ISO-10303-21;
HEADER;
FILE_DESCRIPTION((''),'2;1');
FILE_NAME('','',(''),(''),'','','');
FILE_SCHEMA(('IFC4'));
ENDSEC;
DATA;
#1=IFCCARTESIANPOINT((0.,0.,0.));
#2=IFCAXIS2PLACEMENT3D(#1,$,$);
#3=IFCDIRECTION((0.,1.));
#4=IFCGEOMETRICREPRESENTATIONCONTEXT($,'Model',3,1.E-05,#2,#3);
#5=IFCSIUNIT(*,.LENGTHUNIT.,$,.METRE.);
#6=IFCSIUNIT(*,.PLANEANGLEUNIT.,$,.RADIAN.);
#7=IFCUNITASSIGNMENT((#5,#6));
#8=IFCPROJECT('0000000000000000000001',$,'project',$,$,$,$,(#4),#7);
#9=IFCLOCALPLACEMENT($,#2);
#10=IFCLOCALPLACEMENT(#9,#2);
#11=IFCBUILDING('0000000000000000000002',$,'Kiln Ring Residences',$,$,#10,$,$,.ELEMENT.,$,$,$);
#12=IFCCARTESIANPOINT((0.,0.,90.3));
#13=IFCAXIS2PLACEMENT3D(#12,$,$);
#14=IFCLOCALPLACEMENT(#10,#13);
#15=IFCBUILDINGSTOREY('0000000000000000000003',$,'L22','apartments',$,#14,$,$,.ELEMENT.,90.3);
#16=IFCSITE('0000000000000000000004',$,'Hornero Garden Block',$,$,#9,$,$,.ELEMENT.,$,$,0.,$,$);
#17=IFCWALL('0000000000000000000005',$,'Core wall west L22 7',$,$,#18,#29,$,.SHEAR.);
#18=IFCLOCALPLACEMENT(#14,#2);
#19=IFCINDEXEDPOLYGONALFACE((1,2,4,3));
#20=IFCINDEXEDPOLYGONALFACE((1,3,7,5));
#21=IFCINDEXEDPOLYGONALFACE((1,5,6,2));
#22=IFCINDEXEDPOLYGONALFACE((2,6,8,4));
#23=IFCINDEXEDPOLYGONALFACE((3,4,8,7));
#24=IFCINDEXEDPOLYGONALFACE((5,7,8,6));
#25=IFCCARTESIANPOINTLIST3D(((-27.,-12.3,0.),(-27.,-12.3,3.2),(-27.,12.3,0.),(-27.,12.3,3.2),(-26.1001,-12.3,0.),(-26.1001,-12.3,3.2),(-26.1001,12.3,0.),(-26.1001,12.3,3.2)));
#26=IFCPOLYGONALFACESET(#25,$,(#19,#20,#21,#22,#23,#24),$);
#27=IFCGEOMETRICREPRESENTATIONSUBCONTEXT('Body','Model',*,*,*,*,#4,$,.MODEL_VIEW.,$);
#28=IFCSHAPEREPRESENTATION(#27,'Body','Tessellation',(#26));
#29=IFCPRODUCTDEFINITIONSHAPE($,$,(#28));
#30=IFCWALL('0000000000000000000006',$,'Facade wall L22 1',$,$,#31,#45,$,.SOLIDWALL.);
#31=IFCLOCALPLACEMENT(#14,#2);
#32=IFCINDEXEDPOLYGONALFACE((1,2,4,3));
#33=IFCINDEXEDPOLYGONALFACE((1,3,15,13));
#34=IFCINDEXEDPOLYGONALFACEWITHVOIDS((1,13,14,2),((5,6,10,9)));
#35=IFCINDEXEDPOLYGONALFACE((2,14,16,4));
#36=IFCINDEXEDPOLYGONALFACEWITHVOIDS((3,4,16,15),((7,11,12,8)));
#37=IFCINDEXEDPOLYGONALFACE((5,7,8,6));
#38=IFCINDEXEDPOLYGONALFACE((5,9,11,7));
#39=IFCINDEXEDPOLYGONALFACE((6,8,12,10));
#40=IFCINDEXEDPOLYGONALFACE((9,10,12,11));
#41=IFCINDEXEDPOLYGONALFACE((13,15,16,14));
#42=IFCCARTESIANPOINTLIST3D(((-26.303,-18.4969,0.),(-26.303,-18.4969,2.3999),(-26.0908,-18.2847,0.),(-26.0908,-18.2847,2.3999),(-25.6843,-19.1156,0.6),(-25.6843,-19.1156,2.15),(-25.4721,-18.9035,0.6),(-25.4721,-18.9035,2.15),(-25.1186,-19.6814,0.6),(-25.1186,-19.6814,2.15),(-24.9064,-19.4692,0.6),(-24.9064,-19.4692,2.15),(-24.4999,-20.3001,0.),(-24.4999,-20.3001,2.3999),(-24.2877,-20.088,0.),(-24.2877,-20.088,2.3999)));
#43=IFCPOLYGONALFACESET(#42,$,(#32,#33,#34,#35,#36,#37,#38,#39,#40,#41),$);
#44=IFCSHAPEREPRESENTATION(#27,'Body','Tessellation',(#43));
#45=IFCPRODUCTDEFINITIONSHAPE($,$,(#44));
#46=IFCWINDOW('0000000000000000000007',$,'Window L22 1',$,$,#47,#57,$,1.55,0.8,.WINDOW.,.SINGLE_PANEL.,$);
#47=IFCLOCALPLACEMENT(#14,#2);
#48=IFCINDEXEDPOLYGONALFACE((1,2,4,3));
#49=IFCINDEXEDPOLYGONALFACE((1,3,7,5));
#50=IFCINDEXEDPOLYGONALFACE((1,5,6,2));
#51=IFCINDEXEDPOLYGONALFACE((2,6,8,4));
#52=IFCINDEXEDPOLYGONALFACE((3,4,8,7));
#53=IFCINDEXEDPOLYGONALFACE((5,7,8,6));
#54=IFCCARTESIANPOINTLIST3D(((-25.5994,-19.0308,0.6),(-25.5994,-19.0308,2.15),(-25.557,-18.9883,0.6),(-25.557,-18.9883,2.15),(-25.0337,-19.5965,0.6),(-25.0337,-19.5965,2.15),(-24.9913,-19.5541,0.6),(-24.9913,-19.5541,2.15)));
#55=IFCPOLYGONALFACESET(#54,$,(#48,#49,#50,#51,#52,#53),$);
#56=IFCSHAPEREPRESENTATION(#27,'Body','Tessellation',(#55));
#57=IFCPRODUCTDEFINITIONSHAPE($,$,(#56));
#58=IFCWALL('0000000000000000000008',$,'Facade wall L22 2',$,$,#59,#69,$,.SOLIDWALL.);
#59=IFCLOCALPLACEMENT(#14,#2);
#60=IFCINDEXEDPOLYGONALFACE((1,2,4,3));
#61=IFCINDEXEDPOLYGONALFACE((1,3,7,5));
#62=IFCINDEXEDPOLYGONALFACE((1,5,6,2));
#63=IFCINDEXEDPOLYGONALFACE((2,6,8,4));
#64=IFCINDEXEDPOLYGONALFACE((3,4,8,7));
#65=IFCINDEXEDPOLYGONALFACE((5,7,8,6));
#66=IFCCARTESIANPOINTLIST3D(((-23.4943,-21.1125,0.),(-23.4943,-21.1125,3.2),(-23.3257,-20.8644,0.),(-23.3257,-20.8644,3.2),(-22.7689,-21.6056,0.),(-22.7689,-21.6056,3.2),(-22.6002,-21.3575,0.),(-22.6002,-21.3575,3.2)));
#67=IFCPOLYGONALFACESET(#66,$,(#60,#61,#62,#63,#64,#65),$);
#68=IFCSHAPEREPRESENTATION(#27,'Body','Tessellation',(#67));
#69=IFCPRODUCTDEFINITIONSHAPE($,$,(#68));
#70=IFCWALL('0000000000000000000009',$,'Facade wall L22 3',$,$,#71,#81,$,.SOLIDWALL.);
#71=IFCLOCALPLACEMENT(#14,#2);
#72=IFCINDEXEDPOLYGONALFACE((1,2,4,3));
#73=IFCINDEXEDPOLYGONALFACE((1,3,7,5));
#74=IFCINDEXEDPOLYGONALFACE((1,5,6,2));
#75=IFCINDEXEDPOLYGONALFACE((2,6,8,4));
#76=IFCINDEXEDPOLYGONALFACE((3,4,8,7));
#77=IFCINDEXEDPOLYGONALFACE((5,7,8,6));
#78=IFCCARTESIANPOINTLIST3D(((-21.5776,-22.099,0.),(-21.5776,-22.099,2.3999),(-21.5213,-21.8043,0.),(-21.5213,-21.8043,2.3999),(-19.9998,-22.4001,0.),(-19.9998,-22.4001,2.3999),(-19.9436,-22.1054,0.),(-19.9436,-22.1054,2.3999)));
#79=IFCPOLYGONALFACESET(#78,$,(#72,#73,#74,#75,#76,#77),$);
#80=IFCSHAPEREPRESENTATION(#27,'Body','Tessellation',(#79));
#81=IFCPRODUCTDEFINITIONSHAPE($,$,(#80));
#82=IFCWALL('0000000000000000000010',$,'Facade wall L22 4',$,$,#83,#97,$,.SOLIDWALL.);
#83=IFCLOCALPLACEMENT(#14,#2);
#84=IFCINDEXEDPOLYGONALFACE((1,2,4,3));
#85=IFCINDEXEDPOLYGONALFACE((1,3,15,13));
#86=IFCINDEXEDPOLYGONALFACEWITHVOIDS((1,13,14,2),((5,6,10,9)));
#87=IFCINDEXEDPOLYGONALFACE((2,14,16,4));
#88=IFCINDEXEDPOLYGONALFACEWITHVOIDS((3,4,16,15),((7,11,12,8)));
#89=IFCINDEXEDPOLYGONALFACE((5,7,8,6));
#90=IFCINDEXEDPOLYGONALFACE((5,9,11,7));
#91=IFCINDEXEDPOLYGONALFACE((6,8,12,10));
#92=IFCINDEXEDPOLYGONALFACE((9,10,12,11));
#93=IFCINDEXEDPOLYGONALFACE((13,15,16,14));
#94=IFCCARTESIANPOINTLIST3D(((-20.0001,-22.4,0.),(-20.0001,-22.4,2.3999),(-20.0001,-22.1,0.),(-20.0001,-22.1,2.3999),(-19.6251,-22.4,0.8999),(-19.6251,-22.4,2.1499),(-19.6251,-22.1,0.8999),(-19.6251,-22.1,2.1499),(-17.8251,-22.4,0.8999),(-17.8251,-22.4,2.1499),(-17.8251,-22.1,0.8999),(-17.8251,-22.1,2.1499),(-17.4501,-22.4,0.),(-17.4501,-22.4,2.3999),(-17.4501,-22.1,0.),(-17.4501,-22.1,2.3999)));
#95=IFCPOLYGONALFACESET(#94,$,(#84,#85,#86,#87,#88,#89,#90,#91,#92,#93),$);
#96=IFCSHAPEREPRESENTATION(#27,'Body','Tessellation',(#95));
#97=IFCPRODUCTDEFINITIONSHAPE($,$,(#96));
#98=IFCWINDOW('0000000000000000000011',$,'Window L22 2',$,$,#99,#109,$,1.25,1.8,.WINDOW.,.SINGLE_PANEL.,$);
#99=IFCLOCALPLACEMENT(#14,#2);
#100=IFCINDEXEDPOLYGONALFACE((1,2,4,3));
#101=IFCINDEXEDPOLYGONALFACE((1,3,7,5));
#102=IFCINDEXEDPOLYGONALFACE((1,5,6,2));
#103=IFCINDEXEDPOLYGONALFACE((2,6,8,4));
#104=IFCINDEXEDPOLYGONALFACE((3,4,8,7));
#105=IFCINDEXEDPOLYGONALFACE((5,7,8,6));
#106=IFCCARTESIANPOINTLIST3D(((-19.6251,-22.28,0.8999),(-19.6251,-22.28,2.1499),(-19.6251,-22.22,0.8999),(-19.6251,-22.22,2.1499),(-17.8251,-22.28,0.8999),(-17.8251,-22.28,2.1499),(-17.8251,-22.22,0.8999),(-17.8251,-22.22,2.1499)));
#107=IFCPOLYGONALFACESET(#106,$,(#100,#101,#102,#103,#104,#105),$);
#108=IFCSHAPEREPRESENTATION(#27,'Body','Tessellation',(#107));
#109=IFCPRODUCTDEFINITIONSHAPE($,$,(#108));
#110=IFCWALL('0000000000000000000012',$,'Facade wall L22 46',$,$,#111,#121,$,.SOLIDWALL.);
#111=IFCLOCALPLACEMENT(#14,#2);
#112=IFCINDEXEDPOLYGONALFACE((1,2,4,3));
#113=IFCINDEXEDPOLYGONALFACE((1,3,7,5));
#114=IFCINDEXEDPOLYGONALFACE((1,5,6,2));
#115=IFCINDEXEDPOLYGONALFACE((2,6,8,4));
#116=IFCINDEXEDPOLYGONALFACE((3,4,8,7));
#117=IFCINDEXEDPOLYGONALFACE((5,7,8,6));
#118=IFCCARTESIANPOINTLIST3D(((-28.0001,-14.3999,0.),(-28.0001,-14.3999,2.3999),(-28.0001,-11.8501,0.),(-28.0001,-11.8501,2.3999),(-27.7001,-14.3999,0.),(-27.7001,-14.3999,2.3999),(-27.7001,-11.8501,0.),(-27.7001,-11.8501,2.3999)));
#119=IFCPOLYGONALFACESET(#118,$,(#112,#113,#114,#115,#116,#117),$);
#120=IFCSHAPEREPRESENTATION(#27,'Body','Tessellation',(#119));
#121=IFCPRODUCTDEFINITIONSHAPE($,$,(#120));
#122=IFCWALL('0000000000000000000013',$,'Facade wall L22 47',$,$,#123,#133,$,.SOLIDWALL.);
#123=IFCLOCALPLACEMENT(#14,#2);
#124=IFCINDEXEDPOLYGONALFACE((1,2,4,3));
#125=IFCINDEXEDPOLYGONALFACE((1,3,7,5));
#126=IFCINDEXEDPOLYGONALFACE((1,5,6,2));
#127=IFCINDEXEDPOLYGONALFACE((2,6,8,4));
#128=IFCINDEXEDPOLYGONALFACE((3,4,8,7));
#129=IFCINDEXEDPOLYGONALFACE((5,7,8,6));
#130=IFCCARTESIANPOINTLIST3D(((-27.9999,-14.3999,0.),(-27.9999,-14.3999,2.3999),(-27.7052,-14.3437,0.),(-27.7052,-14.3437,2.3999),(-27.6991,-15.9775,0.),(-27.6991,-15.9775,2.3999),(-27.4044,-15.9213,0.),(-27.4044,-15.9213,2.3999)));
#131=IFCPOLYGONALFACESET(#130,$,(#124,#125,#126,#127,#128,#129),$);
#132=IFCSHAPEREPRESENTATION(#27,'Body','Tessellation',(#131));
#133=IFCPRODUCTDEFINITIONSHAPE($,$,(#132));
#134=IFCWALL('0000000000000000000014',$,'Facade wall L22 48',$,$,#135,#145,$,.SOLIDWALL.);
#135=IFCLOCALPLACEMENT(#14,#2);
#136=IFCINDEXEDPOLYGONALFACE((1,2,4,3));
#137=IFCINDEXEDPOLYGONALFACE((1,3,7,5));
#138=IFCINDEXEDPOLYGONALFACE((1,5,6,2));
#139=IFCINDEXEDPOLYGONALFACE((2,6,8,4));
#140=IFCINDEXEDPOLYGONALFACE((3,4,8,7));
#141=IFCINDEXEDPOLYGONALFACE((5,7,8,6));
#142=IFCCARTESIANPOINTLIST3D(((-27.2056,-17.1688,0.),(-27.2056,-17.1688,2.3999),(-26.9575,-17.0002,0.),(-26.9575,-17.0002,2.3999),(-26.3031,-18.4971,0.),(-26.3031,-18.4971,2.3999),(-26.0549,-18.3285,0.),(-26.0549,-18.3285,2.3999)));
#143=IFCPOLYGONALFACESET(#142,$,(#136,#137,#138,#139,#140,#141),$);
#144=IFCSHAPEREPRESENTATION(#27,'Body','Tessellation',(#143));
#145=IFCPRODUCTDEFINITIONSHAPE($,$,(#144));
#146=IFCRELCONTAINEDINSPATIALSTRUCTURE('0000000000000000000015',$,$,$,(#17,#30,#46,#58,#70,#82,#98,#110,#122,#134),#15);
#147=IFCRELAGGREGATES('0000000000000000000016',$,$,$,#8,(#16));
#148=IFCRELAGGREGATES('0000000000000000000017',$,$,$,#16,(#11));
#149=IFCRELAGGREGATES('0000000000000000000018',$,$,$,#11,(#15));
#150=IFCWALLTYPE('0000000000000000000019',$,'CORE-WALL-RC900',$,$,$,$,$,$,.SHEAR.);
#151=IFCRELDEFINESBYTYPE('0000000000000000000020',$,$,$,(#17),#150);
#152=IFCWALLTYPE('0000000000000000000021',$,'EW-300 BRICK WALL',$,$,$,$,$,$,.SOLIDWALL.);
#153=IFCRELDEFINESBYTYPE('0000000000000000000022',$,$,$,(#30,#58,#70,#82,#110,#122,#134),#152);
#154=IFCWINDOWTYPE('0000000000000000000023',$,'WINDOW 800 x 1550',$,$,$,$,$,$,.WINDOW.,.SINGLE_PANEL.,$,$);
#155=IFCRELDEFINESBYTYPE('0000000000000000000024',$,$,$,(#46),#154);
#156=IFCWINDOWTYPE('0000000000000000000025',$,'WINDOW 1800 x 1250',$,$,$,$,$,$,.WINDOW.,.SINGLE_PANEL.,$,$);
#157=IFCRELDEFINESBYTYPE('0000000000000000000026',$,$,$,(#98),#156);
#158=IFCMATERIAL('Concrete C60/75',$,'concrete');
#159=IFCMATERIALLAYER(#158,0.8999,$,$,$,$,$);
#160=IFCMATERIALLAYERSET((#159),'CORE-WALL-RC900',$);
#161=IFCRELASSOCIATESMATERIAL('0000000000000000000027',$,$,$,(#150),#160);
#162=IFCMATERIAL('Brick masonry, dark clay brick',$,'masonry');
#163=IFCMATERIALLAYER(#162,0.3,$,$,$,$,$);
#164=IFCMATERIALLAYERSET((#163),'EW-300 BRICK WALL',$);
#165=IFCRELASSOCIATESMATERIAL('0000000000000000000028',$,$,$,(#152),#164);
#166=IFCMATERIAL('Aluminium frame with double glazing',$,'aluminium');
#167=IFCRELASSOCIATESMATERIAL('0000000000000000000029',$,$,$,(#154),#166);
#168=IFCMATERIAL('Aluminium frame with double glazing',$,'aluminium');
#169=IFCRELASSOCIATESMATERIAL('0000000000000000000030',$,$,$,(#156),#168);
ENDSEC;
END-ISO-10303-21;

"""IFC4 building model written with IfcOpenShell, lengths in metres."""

from ifc_helpers import new_model, si_unit, direction, frame, frame_2d, origin, place, context, subcontext, project, spatial, rectangle, extrude, material, layer, layer_set, type_object, element, fill, save


model = new_model("IFC4")

# Units and contexts
model_context = context("Model", 3, precision=1e-05, world=origin(), true_north=direction((0.0, 1.0)))
body_context = subcontext(model_context, "Body", "Model", "MODEL_VIEW")
ifc_project = project(units=[si_unit("LENGTHUNIT", "METRE"), si_unit("PLANEANGLEUNIT", "RADIAN")], contexts=[model_context])

# Site, building, storey
site_placement = place(None, origin())
site = spatial("IfcSite", under=ifc_project, at=site_placement, Name="Hornero Garden Block", CompositionType="ELEMENT", RefElevation=0.0)
building_placement = place(site_placement, origin())
building = spatial("IfcBuilding", under=site, at=building_placement, Name="Kiln Ring Residences", CompositionType="ELEMENT")
storey_placement = place(building_placement, frame((0.0, 0.0, 90.3)))
storey = spatial("IfcBuildingStorey", under=building, at=storey_placement, Name="L22", Description="apartments", CompositionType="ELEMENT", Elevation=90.3)

# Wall
ifc_material_1 = material(Name="Concrete C60/75", Category="concrete")
ifc_layer_1 = layer(ifc_material_1, 0.8999)
ifc_layer_set_1 = layer_set([ifc_layer_1], Name="CORE-WALL-RC900")
wall_type_1 = type_object("IfcWallType", Name="CORE-WALL-RC900", PredefinedType="SHEAR", material=ifc_layer_set_1)
wall_1_placement = place(storey_placement, frame((-26.55, -12.3, 0.0), z_axis=(0.0, 0.0, 1.0), x_axis=(0.0, 1.0, 0.0)))
element("IfcWall", 1, at=wall_1_placement, inside=storey, type_object=wall_type_1, Name="Core wall west L22 7", PredefinedType="SHEAR", context=body_context, shape_type="SweptSolid", body=[
    extrude(rectangle(XDim=24.6001, YDim=0.8999, at=frame_2d((12.3, 0.0))), origin(), (0.0, 0.0, 1.0), 3.2),
])

# Wall, opening, window
ifc_material_2 = material(Name="Brick masonry, dark clay brick", Category="masonry")
ifc_layer_2 = layer(ifc_material_2, 0.3)
ifc_layer_set_2 = layer_set([ifc_layer_2], Name="EW-300 BRICK WALL")
wall_type_2 = type_object("IfcWallType", Name="EW-300 BRICK WALL", PredefinedType="SOLIDWALL", material=ifc_layer_set_2)
wall_2_placement = place(storey_placement, frame((-26.1968, -18.3909, 0.0), z_axis=(0.0, 0.0, 1.0), x_axis=(0.707059, -0.707155, 0.0)))
wall_2 = element("IfcWall", 2, at=wall_2_placement, inside=storey, type_object=wall_type_2, Name="Facade wall L22 1", PredefinedType="SOLIDWALL", context=body_context, shape_type="SweptSolid", body=[
    extrude(rectangle(XDim=2.55, YDim=0.3, at=frame_2d((1.2749, 0.0))), origin(), (0.0, 0.0, 1.0), 2.3999),
])
opening_1_placement = place(wall_2_placement, frame((0.875, 0.0, 0.6001)))
opening_1 = element("IfcOpeningElement", 3, at=opening_1_placement, cuts=wall_2, PredefinedType="OPENING", context=body_context, shape_type="SweptSolid", body=[
    extrude(rectangle(XDim=0.8, YDim=1.55, at=frame_2d((0.3999, 0.7749))), frame((0.0, 0.1599, 0.0), z_axis=(0.0, -1.0, 0.0), x_axis=(1.0, 0.0, 0.0)), (0.0, 0.0, 1.0), 0.3201),
])
ifc_material_3 = material(Name="Aluminium frame with double glazing", Category="aluminium")
window_type_1 = type_object("IfcWindowType", Name="WINDOW 800 x 1550", PartitioningType="SINGLE_PANEL", PredefinedType="WINDOW", material=ifc_material_3)
window_1_placement = place(opening_1_placement, origin())
window_1 = element("IfcWindow", 4, at=window_1_placement, inside=storey, type_object=window_type_1, Name="Window L22 1", OverallHeight=1.55, OverallWidth=0.8, PartitioningType="SINGLE_PANEL", PredefinedType="WINDOW", context=body_context, shape_type="SweptSolid", body=[
    extrude(rectangle(XDim=0.8, YDim=1.55, at=frame_2d((0.3999, 0.7749))), frame((0.0, 0.03, 0.0), z_axis=(0.0, -1.0, 0.0), x_axis=(1.0, 0.0, 0.0)), (0.0, 0.0, 1.0), 0.0601),
])
fill(opening_1, window_1)

# Walls
wall_3_placement = place(storey_placement, frame((-23.4099, -20.9885, 0.0), z_axis=(0.0, 0.0, 1.0), x_axis=(0.827051, -0.562127, 0.0)))
element("IfcWall", 5, at=wall_3_placement, inside=storey, type_object=wall_type_2, Name="Facade wall L22 2", PredefinedType="SOLIDWALL", context=body_context, shape_type="SweptSolid", body=[
    extrude(rectangle(XDim=0.8772, YDim=0.3, at=frame_2d((0.4385, 0.0))), origin(), (0.0, 0.0, 1.0), 3.2),
])
wall_4_placement = place(storey_placement, frame((-21.5496, -21.9517, 0.0), z_axis=(0.0, 0.0, 1.0), x_axis=(0.982279, -0.187426, 0.0)))
element("IfcWall", 6, at=wall_4_placement, inside=storey, type_object=wall_type_2, Name="Facade wall L22 3", PredefinedType="SOLIDWALL", context=body_context, shape_type="SweptSolid", body=[
    extrude(rectangle(XDim=1.6062, YDim=0.3, at=frame_2d((0.8032, 0.0))), origin(), (0.0, 0.0, 1.0), 2.3999),
])

# Wall, opening, window
wall_5_placement = place(storey_placement, frame((-20.0, -22.25, 0.0), z_axis=(0.0, 0.0, 1.0), x_axis=(1.0, 0.0, 0.0)))
wall_5 = element("IfcWall", 7, at=wall_5_placement, inside=storey, type_object=wall_type_2, Name="Facade wall L22 4", PredefinedType="SOLIDWALL", context=body_context, shape_type="SweptSolid", body=[
    extrude(rectangle(XDim=2.55, YDim=0.3, at=frame_2d((1.2749, 0.0))), origin(), (0.0, 0.0, 1.0), 2.3999),
])
opening_2_placement = place(wall_5_placement, frame((0.375, 0.0, 0.8999)))
opening_2 = element("IfcOpeningElement", 8, at=opening_2_placement, cuts=wall_5, PredefinedType="OPENING", context=body_context, shape_type="SweptSolid", body=[
    extrude(rectangle(XDim=1.8, YDim=1.25, at=frame_2d((0.8999, 0.625))), frame((0.0, 0.1599, 0.0), z_axis=(0.0, -1.0, 0.0), x_axis=(1.0, 0.0, 0.0)), (0.0, 0.0, 1.0), 0.3201),
])
ifc_material_4 = material(Name="Aluminium frame with double glazing", Category="aluminium")
window_type_2 = type_object("IfcWindowType", Name="WINDOW 1800 x 1250", PartitioningType="SINGLE_PANEL", PredefinedType="WINDOW", material=ifc_material_4)
window_2_placement = place(opening_2_placement, origin())
window_2 = element("IfcWindow", 9, at=window_2_placement, inside=storey, type_object=window_type_2, Name="Window L22 2", OverallHeight=1.25, OverallWidth=1.8, PartitioningType="SINGLE_PANEL", PredefinedType="WINDOW", context=body_context, shape_type="SweptSolid", body=[
    extrude(rectangle(XDim=1.8, YDim=1.25, at=frame_2d((0.8999, 0.625))), frame((0.0, 0.03, 0.0), z_axis=(0.0, -1.0, 0.0), x_axis=(1.0, 0.0, 0.0)), (0.0, 0.0, 1.0), 0.0601),
])
fill(opening_2, window_2)

# Walls
wall_6_placement = place(storey_placement, frame((-27.8501, -11.8501, 0.0), z_axis=(0.0, 0.0, 1.0), x_axis=(0.0, -1.0, 0.0)))
element("IfcWall", 10, at=wall_6_placement, inside=storey, type_object=wall_type_2, Name="Facade wall L22 46", PredefinedType="SOLIDWALL", context=body_context, shape_type="SweptSolid", body=[
    extrude(rectangle(XDim=2.5498, YDim=0.3, at=frame_2d((1.2749, 0.0))), origin(), (0.0, 0.0, 1.0), 2.3999),
])
for number, where, z_axis, x_axis, name in (
    (11, (-27.8525, -14.3718, 0.0), (0.0, 0.0, 1.0), (0.18728, -0.982307, 0.0), "Facade wall L22 47"),
    (12, (-27.0815, -17.0845, 0.0), (0.0, 0.0, 1.0), (0.562011, -0.82713, 0.0), "Facade wall L22 48"),
):
    element("IfcWall", number, at=place(storey_placement, frame(where, z_axis=z_axis, x_axis=x_axis)), inside=storey, type_object=wall_type_2, Name=name, PredefinedType="SOLIDWALL", context=body_context, shape_type="SweptSolid", body=[
        extrude(rectangle(XDim=1.606, YDim=0.3, at=frame_2d((0.803, 0.0))), origin(), (0.0, 0.0, 1.0), 2.3999),
    ])

save(model, "model.ifc")
